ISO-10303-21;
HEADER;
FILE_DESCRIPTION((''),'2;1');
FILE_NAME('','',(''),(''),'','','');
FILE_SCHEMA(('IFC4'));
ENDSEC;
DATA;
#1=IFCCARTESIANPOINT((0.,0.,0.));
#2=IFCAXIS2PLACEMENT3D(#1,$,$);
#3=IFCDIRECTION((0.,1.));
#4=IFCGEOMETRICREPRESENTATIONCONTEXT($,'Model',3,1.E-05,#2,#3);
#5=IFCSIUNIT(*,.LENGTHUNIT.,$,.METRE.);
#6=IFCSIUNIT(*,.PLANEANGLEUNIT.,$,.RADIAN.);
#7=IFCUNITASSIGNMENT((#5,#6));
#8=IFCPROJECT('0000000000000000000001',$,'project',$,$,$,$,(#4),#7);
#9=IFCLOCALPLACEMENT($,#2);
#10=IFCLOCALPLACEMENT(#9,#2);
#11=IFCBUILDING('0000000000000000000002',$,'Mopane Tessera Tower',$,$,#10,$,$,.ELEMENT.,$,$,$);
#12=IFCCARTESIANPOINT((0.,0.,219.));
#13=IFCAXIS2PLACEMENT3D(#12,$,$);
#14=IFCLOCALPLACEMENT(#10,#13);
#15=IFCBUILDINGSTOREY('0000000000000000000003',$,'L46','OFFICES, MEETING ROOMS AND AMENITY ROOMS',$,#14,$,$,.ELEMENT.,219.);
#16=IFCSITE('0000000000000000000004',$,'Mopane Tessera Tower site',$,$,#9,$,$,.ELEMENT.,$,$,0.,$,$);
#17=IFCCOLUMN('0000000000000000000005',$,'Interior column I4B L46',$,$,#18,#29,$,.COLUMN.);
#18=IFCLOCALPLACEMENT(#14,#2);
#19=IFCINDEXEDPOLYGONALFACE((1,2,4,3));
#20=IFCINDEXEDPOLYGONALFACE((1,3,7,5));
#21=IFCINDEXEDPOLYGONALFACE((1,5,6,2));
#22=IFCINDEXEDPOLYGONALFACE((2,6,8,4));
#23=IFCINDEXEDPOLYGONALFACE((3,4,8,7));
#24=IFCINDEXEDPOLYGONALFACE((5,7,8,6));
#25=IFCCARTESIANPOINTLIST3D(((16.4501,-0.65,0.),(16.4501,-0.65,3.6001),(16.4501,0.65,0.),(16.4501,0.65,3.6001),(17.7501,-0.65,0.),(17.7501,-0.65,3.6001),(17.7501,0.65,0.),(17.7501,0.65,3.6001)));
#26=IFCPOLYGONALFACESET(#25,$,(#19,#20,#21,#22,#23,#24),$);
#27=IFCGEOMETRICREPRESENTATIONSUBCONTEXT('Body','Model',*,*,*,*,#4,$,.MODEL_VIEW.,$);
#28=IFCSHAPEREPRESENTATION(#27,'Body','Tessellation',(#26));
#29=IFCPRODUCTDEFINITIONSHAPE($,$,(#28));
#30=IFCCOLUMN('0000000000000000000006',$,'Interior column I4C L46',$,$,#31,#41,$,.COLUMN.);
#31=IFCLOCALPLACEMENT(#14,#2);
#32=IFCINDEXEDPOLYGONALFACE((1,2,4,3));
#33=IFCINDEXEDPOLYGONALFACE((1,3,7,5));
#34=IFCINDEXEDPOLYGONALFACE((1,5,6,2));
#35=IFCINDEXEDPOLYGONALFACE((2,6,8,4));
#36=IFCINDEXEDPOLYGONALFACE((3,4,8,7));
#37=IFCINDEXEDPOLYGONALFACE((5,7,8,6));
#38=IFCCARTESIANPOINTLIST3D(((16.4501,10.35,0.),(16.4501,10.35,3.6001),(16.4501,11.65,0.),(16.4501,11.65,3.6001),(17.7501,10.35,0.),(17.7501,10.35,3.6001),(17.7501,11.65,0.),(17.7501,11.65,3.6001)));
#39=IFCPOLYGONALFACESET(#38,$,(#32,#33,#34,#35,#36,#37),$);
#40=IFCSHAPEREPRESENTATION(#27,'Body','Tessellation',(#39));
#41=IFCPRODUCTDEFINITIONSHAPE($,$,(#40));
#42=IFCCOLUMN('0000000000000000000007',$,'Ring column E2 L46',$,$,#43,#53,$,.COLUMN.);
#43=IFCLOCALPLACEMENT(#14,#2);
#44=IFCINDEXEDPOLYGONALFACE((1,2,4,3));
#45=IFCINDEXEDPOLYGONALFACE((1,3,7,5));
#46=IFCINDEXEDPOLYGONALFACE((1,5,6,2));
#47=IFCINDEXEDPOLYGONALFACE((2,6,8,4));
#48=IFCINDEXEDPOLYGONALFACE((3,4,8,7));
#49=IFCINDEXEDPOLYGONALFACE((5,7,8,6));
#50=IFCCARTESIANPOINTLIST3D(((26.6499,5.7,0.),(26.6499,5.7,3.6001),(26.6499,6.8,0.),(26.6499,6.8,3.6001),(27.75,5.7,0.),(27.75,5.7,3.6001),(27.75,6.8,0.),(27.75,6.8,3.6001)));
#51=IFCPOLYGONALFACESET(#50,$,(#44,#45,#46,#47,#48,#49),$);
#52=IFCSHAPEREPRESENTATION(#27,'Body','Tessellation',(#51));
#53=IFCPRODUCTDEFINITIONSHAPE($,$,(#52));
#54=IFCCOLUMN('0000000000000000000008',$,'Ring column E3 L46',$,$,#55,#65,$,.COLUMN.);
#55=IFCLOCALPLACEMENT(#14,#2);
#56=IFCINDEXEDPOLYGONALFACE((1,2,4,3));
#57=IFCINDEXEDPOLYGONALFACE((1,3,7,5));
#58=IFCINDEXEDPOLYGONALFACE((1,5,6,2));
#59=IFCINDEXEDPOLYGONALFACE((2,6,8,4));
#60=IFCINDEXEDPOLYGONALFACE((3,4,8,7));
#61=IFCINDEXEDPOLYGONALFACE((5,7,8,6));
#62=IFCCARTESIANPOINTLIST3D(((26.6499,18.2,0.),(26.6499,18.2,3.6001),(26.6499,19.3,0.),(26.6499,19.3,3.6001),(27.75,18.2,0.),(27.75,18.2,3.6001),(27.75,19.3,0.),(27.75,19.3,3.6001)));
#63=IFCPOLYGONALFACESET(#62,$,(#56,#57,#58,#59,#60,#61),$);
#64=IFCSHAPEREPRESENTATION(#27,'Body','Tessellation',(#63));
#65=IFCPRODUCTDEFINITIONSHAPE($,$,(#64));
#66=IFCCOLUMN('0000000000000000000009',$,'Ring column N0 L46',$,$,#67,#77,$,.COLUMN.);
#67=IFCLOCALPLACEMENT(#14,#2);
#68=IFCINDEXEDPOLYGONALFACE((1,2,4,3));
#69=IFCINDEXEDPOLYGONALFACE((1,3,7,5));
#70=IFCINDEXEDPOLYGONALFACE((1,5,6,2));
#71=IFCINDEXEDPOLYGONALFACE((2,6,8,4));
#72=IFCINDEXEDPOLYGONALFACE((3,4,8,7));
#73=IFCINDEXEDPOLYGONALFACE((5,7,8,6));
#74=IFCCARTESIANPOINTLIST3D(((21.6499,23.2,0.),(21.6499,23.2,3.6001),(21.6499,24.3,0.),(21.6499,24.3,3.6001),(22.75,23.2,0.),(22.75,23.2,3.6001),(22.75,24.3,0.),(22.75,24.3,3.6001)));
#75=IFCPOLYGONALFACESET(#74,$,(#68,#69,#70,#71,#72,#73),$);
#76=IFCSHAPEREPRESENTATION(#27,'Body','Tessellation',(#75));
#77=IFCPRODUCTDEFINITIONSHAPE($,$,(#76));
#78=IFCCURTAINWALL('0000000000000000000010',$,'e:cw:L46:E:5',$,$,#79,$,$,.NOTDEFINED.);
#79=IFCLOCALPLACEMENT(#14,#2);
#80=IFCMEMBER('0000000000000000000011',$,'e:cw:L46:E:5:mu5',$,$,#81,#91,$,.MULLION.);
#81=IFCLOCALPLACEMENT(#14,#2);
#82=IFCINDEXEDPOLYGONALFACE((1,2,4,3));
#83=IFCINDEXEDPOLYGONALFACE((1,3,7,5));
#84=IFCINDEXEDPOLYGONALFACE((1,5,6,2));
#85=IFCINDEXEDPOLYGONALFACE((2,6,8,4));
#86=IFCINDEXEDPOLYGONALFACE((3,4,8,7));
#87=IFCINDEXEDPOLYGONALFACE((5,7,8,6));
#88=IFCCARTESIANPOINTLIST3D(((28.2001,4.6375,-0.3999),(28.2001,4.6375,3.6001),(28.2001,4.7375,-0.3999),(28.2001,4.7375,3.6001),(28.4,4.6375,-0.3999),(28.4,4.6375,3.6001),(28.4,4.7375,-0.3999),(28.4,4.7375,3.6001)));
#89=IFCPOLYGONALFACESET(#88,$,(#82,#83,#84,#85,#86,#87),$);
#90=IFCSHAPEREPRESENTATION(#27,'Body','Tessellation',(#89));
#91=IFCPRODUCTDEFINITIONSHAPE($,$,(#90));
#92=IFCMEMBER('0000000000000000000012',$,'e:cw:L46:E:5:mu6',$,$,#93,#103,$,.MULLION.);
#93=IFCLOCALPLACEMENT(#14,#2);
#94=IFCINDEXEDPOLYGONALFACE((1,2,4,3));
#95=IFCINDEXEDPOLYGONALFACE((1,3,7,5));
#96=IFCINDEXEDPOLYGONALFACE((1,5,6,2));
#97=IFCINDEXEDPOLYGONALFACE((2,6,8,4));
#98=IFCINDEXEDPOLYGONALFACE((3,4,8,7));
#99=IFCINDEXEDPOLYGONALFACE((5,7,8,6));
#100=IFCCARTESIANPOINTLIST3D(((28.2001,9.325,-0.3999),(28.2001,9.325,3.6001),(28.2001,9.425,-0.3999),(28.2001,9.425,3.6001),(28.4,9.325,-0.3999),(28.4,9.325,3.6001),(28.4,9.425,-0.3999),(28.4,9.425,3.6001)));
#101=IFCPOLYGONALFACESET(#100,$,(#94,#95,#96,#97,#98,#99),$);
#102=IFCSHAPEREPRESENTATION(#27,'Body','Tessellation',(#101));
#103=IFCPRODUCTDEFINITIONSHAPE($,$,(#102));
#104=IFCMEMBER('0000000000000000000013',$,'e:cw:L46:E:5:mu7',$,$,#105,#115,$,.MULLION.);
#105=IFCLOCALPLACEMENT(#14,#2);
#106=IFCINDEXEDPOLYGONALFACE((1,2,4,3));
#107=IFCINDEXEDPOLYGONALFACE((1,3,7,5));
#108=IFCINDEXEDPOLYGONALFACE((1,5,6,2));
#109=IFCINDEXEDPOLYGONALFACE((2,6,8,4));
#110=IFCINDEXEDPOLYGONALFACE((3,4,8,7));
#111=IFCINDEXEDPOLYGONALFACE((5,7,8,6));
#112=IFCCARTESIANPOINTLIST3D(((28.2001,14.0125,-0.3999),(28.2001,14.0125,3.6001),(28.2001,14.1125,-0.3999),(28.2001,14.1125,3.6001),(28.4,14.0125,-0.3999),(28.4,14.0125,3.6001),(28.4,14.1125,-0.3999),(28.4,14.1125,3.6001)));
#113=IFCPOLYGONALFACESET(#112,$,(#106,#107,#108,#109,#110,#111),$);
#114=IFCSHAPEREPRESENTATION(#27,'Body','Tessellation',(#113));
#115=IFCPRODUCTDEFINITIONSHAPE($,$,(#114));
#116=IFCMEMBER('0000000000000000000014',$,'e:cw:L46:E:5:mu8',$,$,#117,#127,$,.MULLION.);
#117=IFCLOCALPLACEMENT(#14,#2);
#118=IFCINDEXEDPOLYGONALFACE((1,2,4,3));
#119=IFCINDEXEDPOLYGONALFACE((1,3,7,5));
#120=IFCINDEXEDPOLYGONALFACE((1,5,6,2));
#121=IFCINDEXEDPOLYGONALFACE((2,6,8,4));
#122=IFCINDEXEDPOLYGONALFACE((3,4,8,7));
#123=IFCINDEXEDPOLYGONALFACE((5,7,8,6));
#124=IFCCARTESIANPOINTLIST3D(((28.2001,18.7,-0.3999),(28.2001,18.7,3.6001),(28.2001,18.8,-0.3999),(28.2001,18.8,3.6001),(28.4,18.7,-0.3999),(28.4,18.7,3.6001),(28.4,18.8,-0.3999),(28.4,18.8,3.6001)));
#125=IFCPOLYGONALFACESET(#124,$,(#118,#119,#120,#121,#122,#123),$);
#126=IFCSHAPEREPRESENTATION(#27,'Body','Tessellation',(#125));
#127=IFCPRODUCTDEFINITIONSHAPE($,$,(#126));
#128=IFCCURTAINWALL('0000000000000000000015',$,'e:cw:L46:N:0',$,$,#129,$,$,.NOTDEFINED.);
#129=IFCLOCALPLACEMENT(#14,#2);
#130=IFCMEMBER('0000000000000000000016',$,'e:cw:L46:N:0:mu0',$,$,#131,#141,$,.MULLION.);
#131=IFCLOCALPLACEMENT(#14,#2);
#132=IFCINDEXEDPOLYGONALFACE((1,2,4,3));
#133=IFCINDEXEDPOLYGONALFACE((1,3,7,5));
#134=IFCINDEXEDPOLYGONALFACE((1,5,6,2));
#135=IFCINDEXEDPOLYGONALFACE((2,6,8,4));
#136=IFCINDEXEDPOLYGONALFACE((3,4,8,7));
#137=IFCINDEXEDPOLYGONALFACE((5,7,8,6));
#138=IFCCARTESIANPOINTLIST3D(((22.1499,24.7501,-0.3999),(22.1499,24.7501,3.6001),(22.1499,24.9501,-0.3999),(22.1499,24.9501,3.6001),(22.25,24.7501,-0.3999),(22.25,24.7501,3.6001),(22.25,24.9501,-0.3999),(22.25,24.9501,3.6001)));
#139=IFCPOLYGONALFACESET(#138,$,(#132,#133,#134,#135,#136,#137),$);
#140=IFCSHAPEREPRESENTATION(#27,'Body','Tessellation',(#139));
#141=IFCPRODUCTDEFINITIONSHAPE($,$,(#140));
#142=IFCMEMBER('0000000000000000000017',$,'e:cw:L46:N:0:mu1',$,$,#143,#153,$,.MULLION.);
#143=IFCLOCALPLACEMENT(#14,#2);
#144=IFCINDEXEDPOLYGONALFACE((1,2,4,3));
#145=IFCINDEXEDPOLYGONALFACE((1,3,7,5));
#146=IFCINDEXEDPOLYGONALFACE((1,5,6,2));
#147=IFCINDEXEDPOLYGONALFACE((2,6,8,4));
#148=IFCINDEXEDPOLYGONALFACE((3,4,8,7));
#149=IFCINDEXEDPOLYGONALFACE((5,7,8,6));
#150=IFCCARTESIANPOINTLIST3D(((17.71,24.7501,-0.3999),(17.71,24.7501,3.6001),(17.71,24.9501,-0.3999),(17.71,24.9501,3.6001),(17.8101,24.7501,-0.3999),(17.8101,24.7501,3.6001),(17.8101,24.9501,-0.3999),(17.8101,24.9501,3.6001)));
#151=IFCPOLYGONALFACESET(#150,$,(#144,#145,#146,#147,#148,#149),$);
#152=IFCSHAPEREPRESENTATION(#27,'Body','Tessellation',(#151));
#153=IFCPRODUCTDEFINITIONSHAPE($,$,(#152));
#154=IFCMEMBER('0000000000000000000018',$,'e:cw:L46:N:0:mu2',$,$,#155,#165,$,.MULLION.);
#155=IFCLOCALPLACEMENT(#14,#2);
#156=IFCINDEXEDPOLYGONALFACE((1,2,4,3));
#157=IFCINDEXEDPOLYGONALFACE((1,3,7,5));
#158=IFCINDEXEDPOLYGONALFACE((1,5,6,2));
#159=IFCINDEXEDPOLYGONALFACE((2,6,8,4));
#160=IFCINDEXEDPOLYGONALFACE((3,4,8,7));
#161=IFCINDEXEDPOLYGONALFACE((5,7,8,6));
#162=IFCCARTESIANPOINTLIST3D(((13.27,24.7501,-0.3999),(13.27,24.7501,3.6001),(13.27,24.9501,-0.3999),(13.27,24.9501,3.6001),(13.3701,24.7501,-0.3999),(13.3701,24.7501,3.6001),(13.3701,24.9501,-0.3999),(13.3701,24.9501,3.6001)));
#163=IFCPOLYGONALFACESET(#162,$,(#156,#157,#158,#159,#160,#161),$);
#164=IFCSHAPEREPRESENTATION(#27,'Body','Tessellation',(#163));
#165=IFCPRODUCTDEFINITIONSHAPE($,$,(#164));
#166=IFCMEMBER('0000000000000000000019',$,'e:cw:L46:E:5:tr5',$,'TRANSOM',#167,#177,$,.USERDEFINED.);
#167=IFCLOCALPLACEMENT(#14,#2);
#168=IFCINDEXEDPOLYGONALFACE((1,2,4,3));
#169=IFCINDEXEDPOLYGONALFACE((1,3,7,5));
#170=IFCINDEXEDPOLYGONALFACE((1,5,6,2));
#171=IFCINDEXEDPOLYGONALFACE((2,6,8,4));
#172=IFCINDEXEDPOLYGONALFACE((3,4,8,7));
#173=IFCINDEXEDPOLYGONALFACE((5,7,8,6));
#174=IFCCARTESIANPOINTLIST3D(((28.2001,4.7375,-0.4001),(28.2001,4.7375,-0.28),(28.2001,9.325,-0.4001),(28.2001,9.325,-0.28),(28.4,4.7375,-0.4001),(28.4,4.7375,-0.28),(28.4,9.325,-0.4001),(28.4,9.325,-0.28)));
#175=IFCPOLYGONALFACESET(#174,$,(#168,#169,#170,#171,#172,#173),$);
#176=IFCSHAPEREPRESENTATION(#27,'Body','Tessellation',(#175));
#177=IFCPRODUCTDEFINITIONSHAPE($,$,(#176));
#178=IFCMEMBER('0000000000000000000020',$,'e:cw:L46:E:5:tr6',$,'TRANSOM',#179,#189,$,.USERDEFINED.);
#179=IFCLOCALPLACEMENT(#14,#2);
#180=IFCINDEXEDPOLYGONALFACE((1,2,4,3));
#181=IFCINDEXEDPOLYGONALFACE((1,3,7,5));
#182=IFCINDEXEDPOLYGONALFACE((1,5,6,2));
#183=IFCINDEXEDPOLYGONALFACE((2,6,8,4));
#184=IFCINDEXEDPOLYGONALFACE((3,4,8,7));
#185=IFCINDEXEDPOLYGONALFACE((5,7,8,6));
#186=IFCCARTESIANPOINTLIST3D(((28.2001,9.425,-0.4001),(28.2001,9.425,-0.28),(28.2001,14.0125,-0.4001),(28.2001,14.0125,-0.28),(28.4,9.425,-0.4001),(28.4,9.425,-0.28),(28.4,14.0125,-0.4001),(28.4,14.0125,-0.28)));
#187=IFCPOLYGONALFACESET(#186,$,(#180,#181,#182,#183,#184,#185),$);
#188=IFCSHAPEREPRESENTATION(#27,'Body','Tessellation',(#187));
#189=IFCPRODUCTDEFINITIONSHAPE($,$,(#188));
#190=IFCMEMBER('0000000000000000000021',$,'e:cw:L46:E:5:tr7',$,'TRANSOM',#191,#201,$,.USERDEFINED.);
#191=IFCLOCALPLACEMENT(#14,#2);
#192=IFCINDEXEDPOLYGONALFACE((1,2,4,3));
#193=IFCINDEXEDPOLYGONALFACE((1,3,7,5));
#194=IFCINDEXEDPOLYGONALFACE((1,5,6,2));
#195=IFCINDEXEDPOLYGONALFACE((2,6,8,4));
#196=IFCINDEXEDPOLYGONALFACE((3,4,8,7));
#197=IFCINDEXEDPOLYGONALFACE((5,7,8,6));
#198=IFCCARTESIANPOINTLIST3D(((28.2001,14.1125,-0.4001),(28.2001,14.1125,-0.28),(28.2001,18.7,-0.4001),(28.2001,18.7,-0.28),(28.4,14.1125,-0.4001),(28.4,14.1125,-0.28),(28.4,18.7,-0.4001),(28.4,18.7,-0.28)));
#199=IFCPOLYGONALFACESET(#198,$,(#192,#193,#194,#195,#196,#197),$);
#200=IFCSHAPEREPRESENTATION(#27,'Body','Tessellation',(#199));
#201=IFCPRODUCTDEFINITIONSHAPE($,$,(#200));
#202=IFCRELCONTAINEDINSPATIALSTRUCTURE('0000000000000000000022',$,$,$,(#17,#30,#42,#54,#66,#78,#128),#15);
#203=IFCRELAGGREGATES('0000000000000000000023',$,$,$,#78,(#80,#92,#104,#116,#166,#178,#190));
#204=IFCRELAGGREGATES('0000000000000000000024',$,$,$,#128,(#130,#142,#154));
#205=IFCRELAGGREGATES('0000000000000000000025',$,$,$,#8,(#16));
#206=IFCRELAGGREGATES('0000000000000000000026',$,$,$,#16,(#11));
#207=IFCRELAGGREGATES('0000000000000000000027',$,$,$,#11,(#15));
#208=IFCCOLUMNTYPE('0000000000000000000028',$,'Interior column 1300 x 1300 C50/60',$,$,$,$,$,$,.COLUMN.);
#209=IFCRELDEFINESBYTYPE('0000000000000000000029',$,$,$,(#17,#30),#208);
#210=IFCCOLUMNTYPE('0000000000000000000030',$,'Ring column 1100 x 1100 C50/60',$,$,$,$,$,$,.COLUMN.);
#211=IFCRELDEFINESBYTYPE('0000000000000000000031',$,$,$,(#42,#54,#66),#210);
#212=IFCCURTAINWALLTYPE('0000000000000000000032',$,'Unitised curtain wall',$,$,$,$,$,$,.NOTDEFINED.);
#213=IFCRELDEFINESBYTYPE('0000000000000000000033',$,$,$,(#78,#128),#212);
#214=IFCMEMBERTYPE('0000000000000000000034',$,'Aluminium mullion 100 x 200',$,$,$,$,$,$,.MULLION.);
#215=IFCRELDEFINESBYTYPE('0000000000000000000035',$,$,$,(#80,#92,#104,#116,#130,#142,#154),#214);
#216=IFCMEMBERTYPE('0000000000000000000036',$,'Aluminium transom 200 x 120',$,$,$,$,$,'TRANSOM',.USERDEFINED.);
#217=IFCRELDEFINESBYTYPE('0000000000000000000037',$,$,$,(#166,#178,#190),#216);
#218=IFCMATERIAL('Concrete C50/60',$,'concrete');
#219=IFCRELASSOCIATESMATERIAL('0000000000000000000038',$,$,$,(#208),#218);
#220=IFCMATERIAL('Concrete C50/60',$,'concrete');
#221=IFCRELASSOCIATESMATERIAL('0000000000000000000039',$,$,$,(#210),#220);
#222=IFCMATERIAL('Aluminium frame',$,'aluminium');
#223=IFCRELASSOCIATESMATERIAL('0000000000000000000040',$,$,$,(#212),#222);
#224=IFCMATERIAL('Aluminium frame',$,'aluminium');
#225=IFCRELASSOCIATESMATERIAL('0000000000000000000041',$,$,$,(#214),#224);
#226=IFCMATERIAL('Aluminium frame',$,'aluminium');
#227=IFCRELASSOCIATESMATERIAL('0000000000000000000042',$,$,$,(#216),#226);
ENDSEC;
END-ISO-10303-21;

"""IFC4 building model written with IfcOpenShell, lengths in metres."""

from ifc_helpers import new_model, si_unit, direction, frame, origin, origin_2d, place, context, subcontext, project, spatial, rectangle, extrude, material, material_profile, profile_set, type_object, element, aggregate, save


model = new_model("IFC4")

# Units and contexts
model_context = context("Model", 3, precision=1e-05, world=origin(), true_north=direction((0.0, 1.0)))
body_context = subcontext(model_context, "Body", "Model", "MODEL_VIEW")
ifc_project = project(units=[si_unit("LENGTHUNIT", "METRE"), si_unit("PLANEANGLEUNIT", "RADIAN")], contexts=[model_context])

# Site, building, storey
site_placement = place(None, origin())
site = spatial("IfcSite", under=ifc_project, at=site_placement, Name="Mopane Tessera Tower site", CompositionType="ELEMENT", RefElevation=0.0)
building_placement = place(site_placement, origin())
building = spatial("IfcBuilding", under=site, at=building_placement, Name="Mopane Tessera Tower", CompositionType="ELEMENT")
storey_placement = place(building_placement, frame((0.0, 0.0, 219.0)))
storey = spatial("IfcBuildingStorey", under=building, at=storey_placement, Name="L46", Description="OFFICES, MEETING ROOMS AND AMENITY ROOMS", CompositionType="ELEMENT", Elevation=219.0)

# Columns
ifc_material_1 = material(Name="Concrete C50/60", Category="concrete")
ifc_material_profile_1 = material_profile(ifc_material_1, rectangle(XDim=1.3, YDim=1.3, at=origin_2d()))
ifc_profile_set_1 = profile_set([ifc_material_profile_1], Name="Concrete C50/60")
column_type_1 = type_object("IfcColumnType", Name="Interior column 1300 x 1300 C50/60", PredefinedType="COLUMN", material=ifc_profile_set_1)
for number, where, z_axis, x_axis, name in (
    (1, (17.1001, 0.0, 0.0), (0.0, 0.0, 1.0), (1.0, 0.0, 0.0), "Interior column I4B L46"),
    (2, (17.1001, 11.0, 0.0), (0.0, 0.0, 1.0), (1.0, 0.0, 0.0), "Interior column I4C L46"),
):
    element("IfcColumn", number, at=place(storey_placement, frame(where, z_axis=z_axis, x_axis=x_axis)), inside=storey, type_object=column_type_1, Name=name, PredefinedType="COLUMN", context=body_context, shape_type="SweptSolid", body=[
        extrude(rectangle(XDim=1.3, YDim=1.3, at=origin_2d()), origin(), (0.0, 0.0, 1.0), 3.6001),
    ])
ifc_material_2 = material(Name="Concrete C50/60", Category="concrete")
ifc_material_profile_2 = material_profile(ifc_material_2, rectangle(XDim=1.1001, YDim=1.1001, at=origin_2d()))
ifc_profile_set_2 = profile_set([ifc_material_profile_2], Name="Concrete C50/60")
column_type_2 = type_object("IfcColumnType", Name="Ring column 1100 x 1100 C50/60", PredefinedType="COLUMN", material=ifc_profile_set_2)
for number, where, z_axis, x_axis, name in (
    (3, (27.2, 6.25, 0.0), (0.0, 0.0, 1.0), (1.0, 0.0, 0.0), "Ring column E2 L46"),
    (4, (27.2, 18.75, 0.0), (0.0, 0.0, 1.0), (1.0, 0.0, 0.0), "Ring column E3 L46"),
    (5, (22.2, 23.75, 0.0), (0.0, 0.0, 1.0), (1.0, 0.0, 0.0), "Ring column N0 L46"),
):
    element("IfcColumn", number, at=place(storey_placement, frame(where, z_axis=z_axis, x_axis=x_axis)), inside=storey, type_object=column_type_2, Name=name, PredefinedType="COLUMN", context=body_context, shape_type="SweptSolid", body=[
        extrude(rectangle(XDim=1.1001, YDim=1.1001, at=origin_2d()), origin(), (0.0, 0.0, 1.0), 3.6001),
    ])

# Curtain walls, members
ifc_material_3 = material(Name="Aluminium frame", Category="aluminium")
curtain_wall_type = type_object("IfcCurtainWallType", Name="Unitised curtain wall", PredefinedType="NOTDEFINED", material=ifc_material_3)
curtain_wall_1_placement = place(storey_placement, origin())
curtain_wall_1 = element("IfcCurtainWall", 6, at=curtain_wall_1_placement, inside=storey, type_object=curtain_wall_type, Name="e:cw:L46:E:5", PredefinedType="NOTDEFINED")
ifc_material_4 = material(Name="Aluminium frame", Category="aluminium")
ifc_material_profile_3 = material_profile(ifc_material_4, rectangle(XDim=0.1001, YDim=0.2, at=origin_2d()))
ifc_profile_set_3 = profile_set([ifc_material_profile_3], Name="Aluminium frame")
member_type_1 = type_object("IfcMemberType", Name="Aluminium mullion 100 x 200", PredefinedType="MULLION", material=ifc_profile_set_3)
member_1_placement = place(storey_placement, frame((28.3, 4.6875, -0.3999), z_axis=(0.0, 0.0, 1.0), x_axis=(0.0, 1.0, 0.0)))
member_1 = element("IfcMember", 7, at=member_1_placement, type_object=member_type_1, Name="e:cw:L46:E:5:mu5", PredefinedType="MULLION", context=body_context, shape_type="SweptSolid", body=[
    extrude(rectangle(XDim=0.1001, YDim=0.2, at=origin_2d()), origin(), (0.0, 0.0, 1.0), 4.0),
])
member_2_placement = place(storey_placement, frame((28.3, 9.375, -0.3999), z_axis=(0.0, 0.0, 1.0), x_axis=(0.0, 1.0, 0.0)))
member_2 = element("IfcMember", 8, at=member_2_placement, type_object=member_type_1, Name="e:cw:L46:E:5:mu6", PredefinedType="MULLION", context=body_context, shape_type="SweptSolid", body=[
    extrude(rectangle(XDim=0.1001, YDim=0.2, at=origin_2d()), origin(), (0.0, 0.0, 1.0), 4.0),
])
member_3_placement = place(storey_placement, frame((28.3, 14.0625, -0.3999), z_axis=(0.0, 0.0, 1.0), x_axis=(0.0, 1.0, 0.0)))
member_3 = element("IfcMember", 9, at=member_3_placement, type_object=member_type_1, Name="e:cw:L46:E:5:mu7", PredefinedType="MULLION", context=body_context, shape_type="SweptSolid", body=[
    extrude(rectangle(XDim=0.1001, YDim=0.2, at=origin_2d()), origin(), (0.0, 0.0, 1.0), 4.0),
])
member_4_placement = place(storey_placement, frame((28.3, 18.75, -0.3999), z_axis=(0.0, 0.0, 1.0), x_axis=(0.0, 1.0, 0.0)))
member_4 = element("IfcMember", 10, at=member_4_placement, type_object=member_type_1, Name="e:cw:L46:E:5:mu8", PredefinedType="MULLION", context=body_context, shape_type="SweptSolid", body=[
    extrude(rectangle(XDim=0.1001, YDim=0.2, at=origin_2d()), origin(), (0.0, 0.0, 1.0), 4.0),
])
curtain_wall_2_placement = place(storey_placement, origin())
curtain_wall_2 = element("IfcCurtainWall", 11, at=curtain_wall_2_placement, inside=storey, type_object=curtain_wall_type, Name="e:cw:L46:N:0", PredefinedType="NOTDEFINED")
member_5_placement = place(storey_placement, frame((22.2, 24.8501, -0.3999), z_axis=(0.0, 0.0, 1.0), x_axis=(-1.0, 0.0, 0.0)))
member_5 = element("IfcMember", 12, at=member_5_placement, type_object=member_type_1, Name="e:cw:L46:N:0:mu0", PredefinedType="MULLION", context=body_context, shape_type="SweptSolid", body=[
    extrude(rectangle(XDim=0.1001, YDim=0.2, at=origin_2d()), origin(), (0.0, 0.0, 1.0), 4.0),
])
member_6_placement = place(storey_placement, frame((17.76, 24.8501, -0.3999), z_axis=(0.0, 0.0, 1.0), x_axis=(-1.0, 0.0, 0.0)))
member_6 = element("IfcMember", 13, at=member_6_placement, type_object=member_type_1, Name="e:cw:L46:N:0:mu1", PredefinedType="MULLION", context=body_context, shape_type="SweptSolid", body=[
    extrude(rectangle(XDim=0.1001, YDim=0.2, at=origin_2d()), origin(), (0.0, 0.0, 1.0), 4.0),
])
member_7_placement = place(storey_placement, frame((13.3201, 24.8501, -0.3999), z_axis=(0.0, 0.0, 1.0), x_axis=(-1.0, 0.0, 0.0)))
member_7 = element("IfcMember", 14, at=member_7_placement, type_object=member_type_1, Name="e:cw:L46:N:0:mu2", PredefinedType="MULLION", context=body_context, shape_type="SweptSolid", body=[
    extrude(rectangle(XDim=0.1001, YDim=0.2, at=origin_2d()), origin(), (0.0, 0.0, 1.0), 4.0),
])

# Members
ifc_material_5 = material(Name="Aluminium frame", Category="aluminium")
ifc_material_profile_4 = material_profile(ifc_material_5, rectangle(XDim=0.2, YDim=0.1201, at=origin_2d()))
ifc_profile_set_4 = profile_set([ifc_material_profile_4], Name="Aluminium frame")
member_type_2 = type_object("IfcMemberType", Name="Aluminium transom 200 x 120", ElementType="TRANSOM", PredefinedType="USERDEFINED", material=ifc_profile_set_4)
member_8_placement = place(storey_placement, frame((28.3, 4.7375, -0.3401), z_axis=(0.0, 1.0, 0.0), x_axis=(-1.0, 0.0, 0.0)))
member_8 = element("IfcMember", 15, at=member_8_placement, type_object=member_type_2, Name="e:cw:L46:E:5:tr5", ObjectType="TRANSOM", PredefinedType="USERDEFINED", context=body_context, shape_type="SweptSolid", body=[
    extrude(rectangle(XDim=0.2, YDim=0.1201, at=origin_2d()), origin(), (0.0, 0.0, 1.0), 4.5874),
])
member_9_placement = place(storey_placement, frame((28.3, 9.425, -0.3401), z_axis=(0.0, 1.0, 0.0), x_axis=(-1.0, 0.0, 0.0)))
member_9 = element("IfcMember", 16, at=member_9_placement, type_object=member_type_2, Name="e:cw:L46:E:5:tr6", ObjectType="TRANSOM", PredefinedType="USERDEFINED", context=body_context, shape_type="SweptSolid", body=[
    extrude(rectangle(XDim=0.2, YDim=0.1201, at=origin_2d()), origin(), (0.0, 0.0, 1.0), 4.5874),
])
member_10_placement = place(storey_placement, frame((28.3, 14.1125, -0.3401), z_axis=(0.0, 1.0, 0.0), x_axis=(-1.0, 0.0, 0.0)))
member_10 = element("IfcMember", 17, at=member_10_placement, type_object=member_type_2, Name="e:cw:L46:E:5:tr7", ObjectType="TRANSOM", PredefinedType="USERDEFINED", context=body_context, shape_type="SweptSolid", body=[
    extrude(rectangle(XDim=0.2, YDim=0.1201, at=origin_2d()), origin(), (0.0, 0.0, 1.0), 4.5874),
])

aggregate(curtain_wall_1, [member_1, member_2, member_3, member_4, member_8, member_9, member_10])
aggregate(curtain_wall_2, [member_5, member_6, member_7])

save(model, "model.ifc")
